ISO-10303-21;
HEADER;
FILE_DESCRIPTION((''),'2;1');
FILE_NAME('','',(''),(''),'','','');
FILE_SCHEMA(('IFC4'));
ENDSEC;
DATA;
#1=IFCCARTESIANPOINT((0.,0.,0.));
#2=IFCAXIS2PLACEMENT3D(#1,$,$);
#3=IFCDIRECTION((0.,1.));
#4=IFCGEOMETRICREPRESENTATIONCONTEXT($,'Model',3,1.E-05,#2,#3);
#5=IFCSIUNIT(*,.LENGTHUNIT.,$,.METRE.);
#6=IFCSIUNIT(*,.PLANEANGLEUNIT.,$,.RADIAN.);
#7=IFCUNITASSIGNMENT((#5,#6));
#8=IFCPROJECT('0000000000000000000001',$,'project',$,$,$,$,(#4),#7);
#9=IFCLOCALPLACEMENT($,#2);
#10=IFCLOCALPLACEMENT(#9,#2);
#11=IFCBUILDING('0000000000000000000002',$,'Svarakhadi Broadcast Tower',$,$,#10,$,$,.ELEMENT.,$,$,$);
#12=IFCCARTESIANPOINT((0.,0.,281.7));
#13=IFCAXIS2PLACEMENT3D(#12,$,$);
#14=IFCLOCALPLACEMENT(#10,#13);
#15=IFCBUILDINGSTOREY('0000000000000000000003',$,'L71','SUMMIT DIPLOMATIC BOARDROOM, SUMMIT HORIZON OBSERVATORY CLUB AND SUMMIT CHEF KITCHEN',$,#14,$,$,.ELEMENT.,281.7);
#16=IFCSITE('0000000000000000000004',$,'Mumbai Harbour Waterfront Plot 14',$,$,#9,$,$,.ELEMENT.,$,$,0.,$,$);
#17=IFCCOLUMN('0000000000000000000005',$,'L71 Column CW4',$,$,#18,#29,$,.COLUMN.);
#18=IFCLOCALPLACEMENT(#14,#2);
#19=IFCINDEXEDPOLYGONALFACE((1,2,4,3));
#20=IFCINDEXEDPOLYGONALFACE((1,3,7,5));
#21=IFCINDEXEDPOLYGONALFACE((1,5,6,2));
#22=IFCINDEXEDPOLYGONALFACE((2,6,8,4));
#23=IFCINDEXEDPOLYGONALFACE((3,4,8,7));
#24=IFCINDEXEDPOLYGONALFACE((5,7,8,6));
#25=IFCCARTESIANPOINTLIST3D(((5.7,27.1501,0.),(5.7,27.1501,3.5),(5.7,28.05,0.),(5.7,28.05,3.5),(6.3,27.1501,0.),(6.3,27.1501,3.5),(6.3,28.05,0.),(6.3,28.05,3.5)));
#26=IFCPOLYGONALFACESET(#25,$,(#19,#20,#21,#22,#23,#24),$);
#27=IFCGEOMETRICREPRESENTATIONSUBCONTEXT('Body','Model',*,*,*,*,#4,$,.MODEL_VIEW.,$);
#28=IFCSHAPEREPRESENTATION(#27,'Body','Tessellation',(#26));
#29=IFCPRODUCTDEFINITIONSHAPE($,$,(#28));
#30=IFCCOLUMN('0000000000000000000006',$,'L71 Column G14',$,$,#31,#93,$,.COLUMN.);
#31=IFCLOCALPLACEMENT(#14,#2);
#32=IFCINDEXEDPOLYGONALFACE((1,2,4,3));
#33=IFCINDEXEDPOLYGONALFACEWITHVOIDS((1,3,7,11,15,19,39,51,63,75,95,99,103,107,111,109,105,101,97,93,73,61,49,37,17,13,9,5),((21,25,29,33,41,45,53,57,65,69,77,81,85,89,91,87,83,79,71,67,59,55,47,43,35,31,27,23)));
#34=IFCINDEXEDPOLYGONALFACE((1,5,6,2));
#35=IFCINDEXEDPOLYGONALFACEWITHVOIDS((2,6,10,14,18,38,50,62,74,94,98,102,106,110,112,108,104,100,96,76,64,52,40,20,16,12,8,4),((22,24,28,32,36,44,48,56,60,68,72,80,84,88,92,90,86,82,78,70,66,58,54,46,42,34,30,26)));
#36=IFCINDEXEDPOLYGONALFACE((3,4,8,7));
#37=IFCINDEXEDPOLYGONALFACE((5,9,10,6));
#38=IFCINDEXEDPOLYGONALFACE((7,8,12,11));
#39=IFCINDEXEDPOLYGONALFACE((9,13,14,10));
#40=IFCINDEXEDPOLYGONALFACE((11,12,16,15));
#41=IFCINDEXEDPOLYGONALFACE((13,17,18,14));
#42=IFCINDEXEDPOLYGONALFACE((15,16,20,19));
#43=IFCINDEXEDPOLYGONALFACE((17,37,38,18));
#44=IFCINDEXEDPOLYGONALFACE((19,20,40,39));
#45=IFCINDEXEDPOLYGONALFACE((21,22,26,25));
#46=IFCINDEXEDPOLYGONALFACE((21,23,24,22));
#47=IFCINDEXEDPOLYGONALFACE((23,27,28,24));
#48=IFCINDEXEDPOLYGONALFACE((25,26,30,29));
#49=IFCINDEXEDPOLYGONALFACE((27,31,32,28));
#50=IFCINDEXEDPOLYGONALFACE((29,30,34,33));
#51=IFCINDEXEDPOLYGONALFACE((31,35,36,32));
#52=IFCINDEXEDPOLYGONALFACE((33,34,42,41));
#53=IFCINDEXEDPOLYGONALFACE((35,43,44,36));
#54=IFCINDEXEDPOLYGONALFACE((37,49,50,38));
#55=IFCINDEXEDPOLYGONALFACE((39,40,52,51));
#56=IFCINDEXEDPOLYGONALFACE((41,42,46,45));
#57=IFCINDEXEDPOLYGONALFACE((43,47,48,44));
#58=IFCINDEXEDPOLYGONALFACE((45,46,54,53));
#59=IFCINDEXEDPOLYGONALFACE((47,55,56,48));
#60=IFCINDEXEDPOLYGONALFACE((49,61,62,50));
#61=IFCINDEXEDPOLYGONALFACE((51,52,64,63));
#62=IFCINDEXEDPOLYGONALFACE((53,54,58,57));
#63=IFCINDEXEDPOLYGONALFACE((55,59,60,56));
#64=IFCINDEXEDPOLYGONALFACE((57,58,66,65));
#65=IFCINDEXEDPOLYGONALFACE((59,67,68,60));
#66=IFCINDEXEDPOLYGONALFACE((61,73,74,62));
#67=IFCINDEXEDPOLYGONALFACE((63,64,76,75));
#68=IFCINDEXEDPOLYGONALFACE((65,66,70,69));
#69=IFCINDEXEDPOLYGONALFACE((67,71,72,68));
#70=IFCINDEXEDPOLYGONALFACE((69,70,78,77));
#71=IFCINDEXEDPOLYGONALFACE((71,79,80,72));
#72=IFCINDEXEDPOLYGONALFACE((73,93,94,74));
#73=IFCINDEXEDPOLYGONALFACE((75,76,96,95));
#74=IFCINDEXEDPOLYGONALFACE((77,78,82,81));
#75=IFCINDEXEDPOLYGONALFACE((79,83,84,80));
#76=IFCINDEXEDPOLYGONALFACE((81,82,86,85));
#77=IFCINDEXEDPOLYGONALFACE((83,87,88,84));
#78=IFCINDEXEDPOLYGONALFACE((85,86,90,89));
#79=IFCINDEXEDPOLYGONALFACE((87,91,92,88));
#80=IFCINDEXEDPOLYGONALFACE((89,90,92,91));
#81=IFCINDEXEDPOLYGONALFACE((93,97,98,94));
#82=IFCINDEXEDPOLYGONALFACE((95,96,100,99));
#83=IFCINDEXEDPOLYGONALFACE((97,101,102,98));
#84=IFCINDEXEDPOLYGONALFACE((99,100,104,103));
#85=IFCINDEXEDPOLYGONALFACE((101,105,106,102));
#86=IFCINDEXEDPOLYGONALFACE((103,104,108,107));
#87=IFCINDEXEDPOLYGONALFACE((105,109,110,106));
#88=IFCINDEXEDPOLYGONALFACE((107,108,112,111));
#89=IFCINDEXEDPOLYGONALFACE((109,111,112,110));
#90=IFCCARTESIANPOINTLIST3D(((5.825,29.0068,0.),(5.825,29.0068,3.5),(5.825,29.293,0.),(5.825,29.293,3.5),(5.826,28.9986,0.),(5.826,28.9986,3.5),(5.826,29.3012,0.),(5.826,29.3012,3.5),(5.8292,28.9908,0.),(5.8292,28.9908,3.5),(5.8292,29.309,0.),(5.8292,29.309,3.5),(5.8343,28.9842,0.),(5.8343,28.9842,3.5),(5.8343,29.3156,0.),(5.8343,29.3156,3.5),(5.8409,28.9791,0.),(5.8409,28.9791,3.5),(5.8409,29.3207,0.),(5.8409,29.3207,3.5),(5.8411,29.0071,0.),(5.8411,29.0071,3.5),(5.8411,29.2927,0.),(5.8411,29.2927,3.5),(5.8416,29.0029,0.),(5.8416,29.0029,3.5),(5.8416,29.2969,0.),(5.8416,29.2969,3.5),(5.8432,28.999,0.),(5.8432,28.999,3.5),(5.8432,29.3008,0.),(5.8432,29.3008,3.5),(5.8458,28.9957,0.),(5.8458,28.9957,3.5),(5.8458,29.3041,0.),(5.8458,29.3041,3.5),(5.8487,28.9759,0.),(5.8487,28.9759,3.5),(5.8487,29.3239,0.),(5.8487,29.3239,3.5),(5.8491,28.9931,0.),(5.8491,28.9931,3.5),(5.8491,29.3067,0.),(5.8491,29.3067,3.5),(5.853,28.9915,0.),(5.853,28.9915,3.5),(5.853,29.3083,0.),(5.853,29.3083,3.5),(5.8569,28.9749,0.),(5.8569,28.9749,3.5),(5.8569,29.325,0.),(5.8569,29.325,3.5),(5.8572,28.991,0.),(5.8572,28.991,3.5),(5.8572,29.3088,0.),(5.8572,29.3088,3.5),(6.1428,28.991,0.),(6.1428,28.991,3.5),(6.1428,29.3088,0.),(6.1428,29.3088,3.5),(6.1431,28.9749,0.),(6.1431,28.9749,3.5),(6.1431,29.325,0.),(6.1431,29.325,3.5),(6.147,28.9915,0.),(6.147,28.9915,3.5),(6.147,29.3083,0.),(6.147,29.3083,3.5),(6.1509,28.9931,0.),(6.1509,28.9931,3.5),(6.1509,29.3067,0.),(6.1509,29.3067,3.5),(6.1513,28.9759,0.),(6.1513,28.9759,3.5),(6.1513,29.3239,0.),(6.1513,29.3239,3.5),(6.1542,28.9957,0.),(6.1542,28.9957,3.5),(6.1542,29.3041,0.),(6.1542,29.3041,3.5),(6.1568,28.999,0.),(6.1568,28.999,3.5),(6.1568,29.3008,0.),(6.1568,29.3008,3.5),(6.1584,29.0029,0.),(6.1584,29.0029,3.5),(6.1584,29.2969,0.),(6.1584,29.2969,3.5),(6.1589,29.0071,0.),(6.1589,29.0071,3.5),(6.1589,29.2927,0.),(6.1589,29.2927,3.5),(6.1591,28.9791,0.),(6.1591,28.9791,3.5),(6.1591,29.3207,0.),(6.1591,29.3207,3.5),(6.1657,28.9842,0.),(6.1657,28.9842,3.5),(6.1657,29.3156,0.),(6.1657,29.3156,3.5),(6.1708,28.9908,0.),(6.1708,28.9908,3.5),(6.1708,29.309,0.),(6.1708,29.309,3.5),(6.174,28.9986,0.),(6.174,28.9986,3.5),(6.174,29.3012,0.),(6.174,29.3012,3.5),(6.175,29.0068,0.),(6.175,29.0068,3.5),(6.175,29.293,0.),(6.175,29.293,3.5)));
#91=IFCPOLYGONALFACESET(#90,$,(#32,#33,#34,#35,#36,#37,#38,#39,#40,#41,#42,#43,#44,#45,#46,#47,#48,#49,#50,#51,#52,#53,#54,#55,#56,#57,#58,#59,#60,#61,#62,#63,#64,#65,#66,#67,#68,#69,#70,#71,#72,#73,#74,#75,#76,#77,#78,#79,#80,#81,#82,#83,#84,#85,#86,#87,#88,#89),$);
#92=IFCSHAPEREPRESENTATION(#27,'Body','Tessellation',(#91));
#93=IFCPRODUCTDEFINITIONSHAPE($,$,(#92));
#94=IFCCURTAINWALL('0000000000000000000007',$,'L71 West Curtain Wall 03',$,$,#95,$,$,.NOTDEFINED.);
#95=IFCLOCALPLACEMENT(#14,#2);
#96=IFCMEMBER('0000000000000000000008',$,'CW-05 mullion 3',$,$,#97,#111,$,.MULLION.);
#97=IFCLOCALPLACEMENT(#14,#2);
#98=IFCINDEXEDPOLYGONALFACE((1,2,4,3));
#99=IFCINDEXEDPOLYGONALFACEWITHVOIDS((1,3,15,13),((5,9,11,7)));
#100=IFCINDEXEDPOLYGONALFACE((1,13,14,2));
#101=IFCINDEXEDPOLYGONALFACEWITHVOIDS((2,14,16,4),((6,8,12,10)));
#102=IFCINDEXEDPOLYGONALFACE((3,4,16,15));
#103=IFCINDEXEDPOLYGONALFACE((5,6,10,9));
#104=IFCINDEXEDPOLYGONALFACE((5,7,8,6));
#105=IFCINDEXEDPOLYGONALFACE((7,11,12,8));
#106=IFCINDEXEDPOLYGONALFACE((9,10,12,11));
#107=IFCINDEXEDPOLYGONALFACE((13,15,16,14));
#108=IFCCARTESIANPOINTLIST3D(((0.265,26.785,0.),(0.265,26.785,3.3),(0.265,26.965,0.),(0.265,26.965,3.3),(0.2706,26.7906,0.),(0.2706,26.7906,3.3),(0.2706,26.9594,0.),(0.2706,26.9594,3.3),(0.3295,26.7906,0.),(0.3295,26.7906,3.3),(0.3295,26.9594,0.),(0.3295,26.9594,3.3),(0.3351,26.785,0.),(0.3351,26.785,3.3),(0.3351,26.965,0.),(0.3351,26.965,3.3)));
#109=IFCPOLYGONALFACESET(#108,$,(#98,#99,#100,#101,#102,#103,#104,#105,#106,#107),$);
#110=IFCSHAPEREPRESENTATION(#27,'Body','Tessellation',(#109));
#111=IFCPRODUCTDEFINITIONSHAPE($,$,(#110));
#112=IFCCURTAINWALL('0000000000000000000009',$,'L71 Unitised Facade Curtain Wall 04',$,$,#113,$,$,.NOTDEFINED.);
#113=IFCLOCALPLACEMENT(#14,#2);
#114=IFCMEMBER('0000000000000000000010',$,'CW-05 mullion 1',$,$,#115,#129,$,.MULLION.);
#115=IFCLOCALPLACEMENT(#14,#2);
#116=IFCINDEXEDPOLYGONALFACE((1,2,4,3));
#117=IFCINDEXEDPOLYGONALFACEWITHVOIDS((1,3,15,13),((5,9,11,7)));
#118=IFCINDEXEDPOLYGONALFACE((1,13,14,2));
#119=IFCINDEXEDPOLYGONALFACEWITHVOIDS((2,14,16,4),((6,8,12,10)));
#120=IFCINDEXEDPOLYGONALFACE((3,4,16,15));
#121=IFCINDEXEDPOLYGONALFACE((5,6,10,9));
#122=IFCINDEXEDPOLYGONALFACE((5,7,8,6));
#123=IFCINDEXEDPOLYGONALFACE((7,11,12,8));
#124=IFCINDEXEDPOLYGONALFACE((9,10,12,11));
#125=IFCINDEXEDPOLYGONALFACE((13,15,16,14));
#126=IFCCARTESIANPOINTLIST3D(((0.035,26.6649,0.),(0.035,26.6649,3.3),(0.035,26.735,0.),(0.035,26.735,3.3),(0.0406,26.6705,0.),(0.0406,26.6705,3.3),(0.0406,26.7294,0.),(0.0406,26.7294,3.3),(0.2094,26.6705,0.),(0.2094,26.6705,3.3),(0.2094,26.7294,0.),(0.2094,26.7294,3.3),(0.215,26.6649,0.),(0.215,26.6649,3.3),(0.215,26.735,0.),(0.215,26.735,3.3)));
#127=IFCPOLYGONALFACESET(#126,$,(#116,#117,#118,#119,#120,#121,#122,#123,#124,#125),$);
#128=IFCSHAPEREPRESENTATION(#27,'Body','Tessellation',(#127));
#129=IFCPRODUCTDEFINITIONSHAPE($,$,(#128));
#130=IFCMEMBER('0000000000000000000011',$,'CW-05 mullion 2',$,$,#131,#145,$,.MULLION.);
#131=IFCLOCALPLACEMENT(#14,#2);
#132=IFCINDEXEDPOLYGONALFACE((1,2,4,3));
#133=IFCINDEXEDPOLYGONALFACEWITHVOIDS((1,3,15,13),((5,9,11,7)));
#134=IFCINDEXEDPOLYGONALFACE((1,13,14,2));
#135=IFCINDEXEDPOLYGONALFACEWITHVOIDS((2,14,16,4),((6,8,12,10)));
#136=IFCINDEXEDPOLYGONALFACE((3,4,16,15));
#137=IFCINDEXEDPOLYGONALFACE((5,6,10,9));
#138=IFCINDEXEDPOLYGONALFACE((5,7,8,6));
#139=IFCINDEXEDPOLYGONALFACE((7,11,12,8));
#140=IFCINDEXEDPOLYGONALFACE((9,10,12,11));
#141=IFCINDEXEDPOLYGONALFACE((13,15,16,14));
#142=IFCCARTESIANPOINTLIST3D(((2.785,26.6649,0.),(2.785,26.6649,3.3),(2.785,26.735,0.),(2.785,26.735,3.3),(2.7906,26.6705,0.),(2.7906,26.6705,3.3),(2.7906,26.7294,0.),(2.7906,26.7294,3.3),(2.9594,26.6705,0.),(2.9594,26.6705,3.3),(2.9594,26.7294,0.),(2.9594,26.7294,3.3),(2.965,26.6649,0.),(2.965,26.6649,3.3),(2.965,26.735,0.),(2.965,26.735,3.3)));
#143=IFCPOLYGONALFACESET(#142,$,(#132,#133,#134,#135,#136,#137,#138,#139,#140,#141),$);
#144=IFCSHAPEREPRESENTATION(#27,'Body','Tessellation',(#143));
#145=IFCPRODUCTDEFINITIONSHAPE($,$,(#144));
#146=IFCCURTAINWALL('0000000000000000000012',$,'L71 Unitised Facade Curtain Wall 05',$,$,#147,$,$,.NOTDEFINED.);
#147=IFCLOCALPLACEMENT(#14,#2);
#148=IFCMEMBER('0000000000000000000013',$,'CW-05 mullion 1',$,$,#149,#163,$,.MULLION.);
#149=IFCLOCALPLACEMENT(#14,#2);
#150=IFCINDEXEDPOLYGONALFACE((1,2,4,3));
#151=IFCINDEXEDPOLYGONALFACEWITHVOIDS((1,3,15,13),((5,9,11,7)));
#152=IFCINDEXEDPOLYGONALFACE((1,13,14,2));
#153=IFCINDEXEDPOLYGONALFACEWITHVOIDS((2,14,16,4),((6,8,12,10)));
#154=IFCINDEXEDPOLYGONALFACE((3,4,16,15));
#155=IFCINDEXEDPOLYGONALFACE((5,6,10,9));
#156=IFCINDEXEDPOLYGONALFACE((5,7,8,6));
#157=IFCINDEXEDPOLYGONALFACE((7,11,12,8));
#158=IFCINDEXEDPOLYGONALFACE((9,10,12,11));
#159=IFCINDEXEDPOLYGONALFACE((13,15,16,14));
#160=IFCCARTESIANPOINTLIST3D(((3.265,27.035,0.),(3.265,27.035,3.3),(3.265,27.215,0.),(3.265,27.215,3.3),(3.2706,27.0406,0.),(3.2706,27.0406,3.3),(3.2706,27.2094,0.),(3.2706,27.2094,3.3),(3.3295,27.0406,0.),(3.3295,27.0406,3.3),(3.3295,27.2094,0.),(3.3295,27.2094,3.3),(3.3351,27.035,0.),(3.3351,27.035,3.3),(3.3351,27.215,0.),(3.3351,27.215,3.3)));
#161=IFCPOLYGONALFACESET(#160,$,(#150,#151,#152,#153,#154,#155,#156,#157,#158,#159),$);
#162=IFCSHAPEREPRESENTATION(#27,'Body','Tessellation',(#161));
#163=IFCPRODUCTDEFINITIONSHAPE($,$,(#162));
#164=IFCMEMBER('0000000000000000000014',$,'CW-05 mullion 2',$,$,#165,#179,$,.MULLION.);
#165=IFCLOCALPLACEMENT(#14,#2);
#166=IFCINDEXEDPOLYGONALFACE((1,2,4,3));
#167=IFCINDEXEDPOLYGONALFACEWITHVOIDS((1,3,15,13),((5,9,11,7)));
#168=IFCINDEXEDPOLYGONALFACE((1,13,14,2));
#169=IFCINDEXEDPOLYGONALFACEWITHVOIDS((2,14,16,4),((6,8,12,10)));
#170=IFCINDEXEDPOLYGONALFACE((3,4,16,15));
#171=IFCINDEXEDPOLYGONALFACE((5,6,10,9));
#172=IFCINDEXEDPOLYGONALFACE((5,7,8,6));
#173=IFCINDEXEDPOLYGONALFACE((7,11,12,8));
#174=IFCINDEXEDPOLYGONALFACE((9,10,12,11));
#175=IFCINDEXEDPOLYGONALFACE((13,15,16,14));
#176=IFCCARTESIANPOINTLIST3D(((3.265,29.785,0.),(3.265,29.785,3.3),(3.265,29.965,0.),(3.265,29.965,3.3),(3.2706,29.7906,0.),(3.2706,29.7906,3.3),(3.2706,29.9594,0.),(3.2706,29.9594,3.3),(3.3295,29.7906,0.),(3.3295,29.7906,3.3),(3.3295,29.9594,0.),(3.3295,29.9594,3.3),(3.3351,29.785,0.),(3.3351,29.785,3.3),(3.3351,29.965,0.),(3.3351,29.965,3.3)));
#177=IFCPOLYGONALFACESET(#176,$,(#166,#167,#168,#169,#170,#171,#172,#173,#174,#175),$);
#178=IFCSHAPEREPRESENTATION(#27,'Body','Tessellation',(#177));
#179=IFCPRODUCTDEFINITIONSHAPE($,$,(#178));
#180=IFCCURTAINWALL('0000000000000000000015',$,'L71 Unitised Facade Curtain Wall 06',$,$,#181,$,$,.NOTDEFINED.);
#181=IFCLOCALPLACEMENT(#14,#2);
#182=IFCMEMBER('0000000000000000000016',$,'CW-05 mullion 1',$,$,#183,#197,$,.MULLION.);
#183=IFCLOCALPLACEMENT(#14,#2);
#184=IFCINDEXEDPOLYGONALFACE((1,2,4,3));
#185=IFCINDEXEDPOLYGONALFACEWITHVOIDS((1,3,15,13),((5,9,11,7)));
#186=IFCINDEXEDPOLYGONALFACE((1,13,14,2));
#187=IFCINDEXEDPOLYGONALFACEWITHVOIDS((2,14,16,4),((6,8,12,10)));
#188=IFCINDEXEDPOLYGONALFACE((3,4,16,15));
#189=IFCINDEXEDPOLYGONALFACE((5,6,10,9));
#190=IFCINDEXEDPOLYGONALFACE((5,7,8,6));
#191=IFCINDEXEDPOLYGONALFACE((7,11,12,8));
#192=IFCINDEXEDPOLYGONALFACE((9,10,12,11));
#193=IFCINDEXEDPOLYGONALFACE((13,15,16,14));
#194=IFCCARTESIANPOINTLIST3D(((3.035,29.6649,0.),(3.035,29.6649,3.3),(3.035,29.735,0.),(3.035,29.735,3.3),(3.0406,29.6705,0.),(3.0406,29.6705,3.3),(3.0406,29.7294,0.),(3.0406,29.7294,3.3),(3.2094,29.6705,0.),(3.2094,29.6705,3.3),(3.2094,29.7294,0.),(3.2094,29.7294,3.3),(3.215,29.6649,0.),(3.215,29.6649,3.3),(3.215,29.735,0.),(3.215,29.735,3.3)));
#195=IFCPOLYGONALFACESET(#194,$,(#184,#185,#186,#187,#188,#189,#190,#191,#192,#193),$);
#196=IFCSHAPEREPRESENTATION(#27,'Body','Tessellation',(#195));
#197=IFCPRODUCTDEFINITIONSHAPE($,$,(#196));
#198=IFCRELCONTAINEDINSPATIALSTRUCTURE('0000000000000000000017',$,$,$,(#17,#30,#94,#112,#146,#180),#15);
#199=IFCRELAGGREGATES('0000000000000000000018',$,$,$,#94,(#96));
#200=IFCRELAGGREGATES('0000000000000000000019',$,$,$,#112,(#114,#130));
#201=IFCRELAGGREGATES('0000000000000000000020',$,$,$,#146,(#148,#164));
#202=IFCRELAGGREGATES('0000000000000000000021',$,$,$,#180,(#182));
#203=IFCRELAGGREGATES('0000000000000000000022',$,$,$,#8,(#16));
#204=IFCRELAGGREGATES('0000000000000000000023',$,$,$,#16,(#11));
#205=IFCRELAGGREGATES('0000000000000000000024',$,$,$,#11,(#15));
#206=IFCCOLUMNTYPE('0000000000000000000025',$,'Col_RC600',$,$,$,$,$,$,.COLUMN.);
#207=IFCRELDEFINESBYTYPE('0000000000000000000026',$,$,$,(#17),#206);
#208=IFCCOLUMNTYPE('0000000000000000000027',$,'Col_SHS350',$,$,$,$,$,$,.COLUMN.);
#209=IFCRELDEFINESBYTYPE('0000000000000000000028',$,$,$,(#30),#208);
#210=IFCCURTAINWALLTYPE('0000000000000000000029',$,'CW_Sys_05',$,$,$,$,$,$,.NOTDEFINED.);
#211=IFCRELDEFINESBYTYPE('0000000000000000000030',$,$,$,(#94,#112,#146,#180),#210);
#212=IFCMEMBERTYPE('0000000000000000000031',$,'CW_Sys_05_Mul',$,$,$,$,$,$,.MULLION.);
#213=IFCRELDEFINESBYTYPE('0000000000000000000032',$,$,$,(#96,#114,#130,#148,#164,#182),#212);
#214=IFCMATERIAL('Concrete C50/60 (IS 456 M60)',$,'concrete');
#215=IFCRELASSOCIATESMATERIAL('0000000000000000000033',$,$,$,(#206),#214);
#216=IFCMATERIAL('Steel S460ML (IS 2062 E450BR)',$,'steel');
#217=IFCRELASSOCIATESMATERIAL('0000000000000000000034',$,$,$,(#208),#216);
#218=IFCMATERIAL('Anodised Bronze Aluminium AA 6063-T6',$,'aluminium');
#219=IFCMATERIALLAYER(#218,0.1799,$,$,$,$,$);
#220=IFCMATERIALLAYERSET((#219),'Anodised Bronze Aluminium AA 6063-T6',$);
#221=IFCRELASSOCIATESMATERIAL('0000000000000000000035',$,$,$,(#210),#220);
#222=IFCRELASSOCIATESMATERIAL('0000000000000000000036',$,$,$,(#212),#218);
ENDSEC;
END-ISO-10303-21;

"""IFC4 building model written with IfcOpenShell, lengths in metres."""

from ifc_helpers import new_model, si_unit, direction, frame, origin, origin_2d, place, context, subcontext, project, spatial, rectangle, hollow_rectangle, extrude, material, layer, layer_set, material_profile, profile_set, type_object, element, aggregate, save


model = new_model("IFC4")

# Units and contexts
model_context = context("Model", 3, precision=1e-05, world=origin(), true_north=direction((0.0, 1.0)))
body_context = subcontext(model_context, "Body", "Model", "MODEL_VIEW")
ifc_project = project(units=[si_unit("LENGTHUNIT", "METRE"), si_unit("PLANEANGLEUNIT", "RADIAN")], contexts=[model_context])

# Site, building, storey
site_placement = place(None, origin())
site = spatial("IfcSite", under=ifc_project, at=site_placement, Name="Mumbai Harbour Waterfront Plot 14", CompositionType="ELEMENT", RefElevation=0.0)
building_placement = place(site_placement, origin())
building = spatial("IfcBuilding", under=site, at=building_placement, Name="Svarakhadi Broadcast Tower", CompositionType="ELEMENT")
storey_placement = place(building_placement, frame((0.0, 0.0, 281.7)))
storey = spatial("IfcBuildingStorey", under=building, at=storey_placement, Name="L71", Description="SUMMIT DIPLOMATIC BOARDROOM, SUMMIT HORIZON OBSERVATORY CLUB AND SUMMIT CHEF KITCHEN", CompositionType="ELEMENT", Elevation=281.7)

# Columns
ifc_material_1 = material(Name="Concrete C50/60 (IS 456 M60)", Category="concrete")
ifc_material_profile_1 = material_profile(ifc_material_1, rectangle(XDim=0.6001, YDim=0.8999, at=origin_2d()), Name="RC 600x900")
ifc_profile_set_1 = profile_set([ifc_material_profile_1], Name="Concrete C50/60 (IS 456 M60)")
column_type_1 = type_object("IfcColumnType", Name="Col_RC600", PredefinedType="COLUMN", material=ifc_profile_set_1)
column_1_placement = place(storey_placement, frame((6.0, 27.6001, 0.0), z_axis=(0.0, 0.0, 1.0), x_axis=(1.0, 0.0, 0.0)))
element("IfcColumn", 1, at=column_1_placement, inside=storey, type_object=column_type_1, Name="L71 Column CW4", PredefinedType="COLUMN", context=body_context, shape_type="SweptSolid", body=[
    extrude(rectangle(XDim=0.6001, YDim=0.8999, at=origin_2d()), origin(), (0.0, 0.0, 1.0), 3.5),
])
ifc_material_2 = material(Name="Steel S460ML (IS 2062 E450BR)", Category="steel")
ifc_material_profile_2 = material_profile(ifc_material_2, hollow_rectangle(XDim=0.3501, YDim=0.3501, WallThickness=0.0161, InnerFilletRadius=0.0161, OuterFilletRadius=0.032, at=origin_2d()), Name="SHS 350x350x16")
ifc_profile_set_2 = profile_set([ifc_material_profile_2], Name="Steel S460ML (IS 2062 E450BR)")
column_type_2 = type_object("IfcColumnType", Name="Col_SHS350", PredefinedType="COLUMN", material=ifc_profile_set_2)
column_2_placement = place(storey_placement, frame((6.0, 29.1499, 0.0), z_axis=(0.0, 0.0, 1.0), x_axis=(1.0, 0.0, 0.0)))
element("IfcColumn", 2, at=column_2_placement, inside=storey, type_object=column_type_2, Name="L71 Column G14", PredefinedType="COLUMN", context=body_context, shape_type="SweptSolid", body=[
    extrude(hollow_rectangle(XDim=0.3501, YDim=0.3501, WallThickness=0.0161, InnerFilletRadius=0.0161, OuterFilletRadius=0.032, at=origin_2d()), origin(), (0.0, 0.0, 1.0), 3.5),
])

# Curtain wall, member
ifc_material_3 = material(Name="Anodised Bronze Aluminium AA 6063-T6", Category="aluminium")
ifc_layer_1 = layer(ifc_material_3, 0.1799)
ifc_layer_set_1 = layer_set([ifc_layer_1], Name="Anodised Bronze Aluminium AA 6063-T6")
curtain_wall_type = type_object("IfcCurtainWallType", Name="CW_Sys_05", PredefinedType="NOTDEFINED", material=ifc_layer_set_1)
curtain_wall_1_placement = place(storey_placement, origin())
curtain_wall_1 = element("IfcCurtainWall", 3, at=curtain_wall_1_placement, inside=storey, type_object=curtain_wall_type, Name="L71 West Curtain Wall 03", PredefinedType="NOTDEFINED")
ifc_material_profile_3 = material_profile(ifc_material_3, hollow_rectangle(XDim=0.0701, YDim=0.1799, WallThickness=0.0056, at=origin_2d()), Name="ALU MULLION 180x70x6")
ifc_profile_set_3 = profile_set([ifc_material_profile_3], Name="Anodised Bronze Aluminium AA 6063-T6")
member_type_1 = type_object("IfcMemberType", Name="CW_Sys_05_Mul", PredefinedType="MULLION", material=ifc_profile_set_3)
member_1_placement = place(storey_placement, frame((0.3, 26.875, 0.0), z_axis=(0.0, 0.0, 1.0), x_axis=(-1.0, 0.0, 0.0)))
member_1 = element("IfcMember", 4, at=member_1_placement, type_object=member_type_1, Name="CW-05 mullion 3", PredefinedType="MULLION", context=body_context, shape_type="SweptSolid", body=[
    extrude(hollow_rectangle(XDim=0.0701, YDim=0.1799, WallThickness=0.0056, at=origin_2d()), origin(), (0.0, 0.0, 1.0), 3.3),
])

# Curtain walls, members
curtain_wall_2_placement = place(storey_placement, origin())
curtain_wall_2 = element("IfcCurtainWall", 5, at=curtain_wall_2_placement, inside=storey, type_object=curtain_wall_type, Name="L71 Unitised Facade Curtain Wall 04", PredefinedType="NOTDEFINED")
member_2_placement = place(storey_placement, frame((0.125, 26.7, 0.0), z_axis=(0.0, 0.0, 1.0), x_axis=(0.0, 1.0, 0.0)))
member_2 = element("IfcMember", 6, at=member_2_placement, type_object=member_type_1, Name="CW-05 mullion 1", PredefinedType="MULLION", context=body_context, shape_type="SweptSolid", body=[
    extrude(hollow_rectangle(XDim=0.0701, YDim=0.1799, WallThickness=0.0056, at=origin_2d()), origin(), (0.0, 0.0, 1.0), 3.3),
])
member_3_placement = place(storey_placement, frame((2.875, 26.7, 0.0), z_axis=(0.0, 0.0, 1.0), x_axis=(0.0, 1.0, 0.0)))
member_3 = element("IfcMember", 7, at=member_3_placement, type_object=member_type_1, Name="CW-05 mullion 2", PredefinedType="MULLION", context=body_context, shape_type="SweptSolid", body=[
    extrude(hollow_rectangle(XDim=0.0701, YDim=0.1799, WallThickness=0.0056, at=origin_2d()), origin(), (0.0, 0.0, 1.0), 3.3),
])
curtain_wall_3_placement = place(storey_placement, origin())
curtain_wall_3 = element("IfcCurtainWall", 8, at=curtain_wall_3_placement, inside=storey, type_object=curtain_wall_type, Name="L71 Unitised Facade Curtain Wall 05", PredefinedType="NOTDEFINED")
member_4_placement = place(storey_placement, frame((3.3, 27.125, 0.0), z_axis=(0.0, 0.0, 1.0), x_axis=(-1.0, 0.0, 0.0)))
member_4 = element("IfcMember", 9, at=member_4_placement, type_object=member_type_1, Name="CW-05 mullion 1", PredefinedType="MULLION", context=body_context, shape_type="SweptSolid", body=[
    extrude(hollow_rectangle(XDim=0.0701, YDim=0.1799, WallThickness=0.0056, at=origin_2d()), origin(), (0.0, 0.0, 1.0), 3.3),
])
member_5_placement = place(storey_placement, frame((3.3, 29.875, 0.0), z_axis=(0.0, 0.0, 1.0), x_axis=(-1.0, 0.0, 0.0)))
member_5 = element("IfcMember", 10, at=member_5_placement, type_object=member_type_1, Name="CW-05 mullion 2", PredefinedType="MULLION", context=body_context, shape_type="SweptSolid", body=[
    extrude(hollow_rectangle(XDim=0.0701, YDim=0.1799, WallThickness=0.0056, at=origin_2d()), origin(), (0.0, 0.0, 1.0), 3.3),
])

# Curtain wall, member
curtain_wall_4_placement = place(storey_placement, origin())
curtain_wall_4 = element("IfcCurtainWall", 11, at=curtain_wall_4_placement, inside=storey, type_object=curtain_wall_type, Name="L71 Unitised Facade Curtain Wall 06", PredefinedType="NOTDEFINED")
member_6_placement = place(storey_placement, frame((3.125, 29.7, 0.0), z_axis=(0.0, 0.0, 1.0), x_axis=(0.0, 1.0, 0.0)))
member_6 = element("IfcMember", 12, at=member_6_placement, type_object=member_type_1, Name="CW-05 mullion 1", PredefinedType="MULLION", context=body_context, shape_type="SweptSolid", body=[
    extrude(hollow_rectangle(XDim=0.0701, YDim=0.1799, WallThickness=0.0056, at=origin_2d()), origin(), (0.0, 0.0, 1.0), 3.3),
])

aggregate(curtain_wall_1, [member_1])
aggregate(curtain_wall_2, [member_2, member_3])
aggregate(curtain_wall_3, [member_4, member_5])
aggregate(curtain_wall_4, [member_6])

save(model, "model.ifc")
